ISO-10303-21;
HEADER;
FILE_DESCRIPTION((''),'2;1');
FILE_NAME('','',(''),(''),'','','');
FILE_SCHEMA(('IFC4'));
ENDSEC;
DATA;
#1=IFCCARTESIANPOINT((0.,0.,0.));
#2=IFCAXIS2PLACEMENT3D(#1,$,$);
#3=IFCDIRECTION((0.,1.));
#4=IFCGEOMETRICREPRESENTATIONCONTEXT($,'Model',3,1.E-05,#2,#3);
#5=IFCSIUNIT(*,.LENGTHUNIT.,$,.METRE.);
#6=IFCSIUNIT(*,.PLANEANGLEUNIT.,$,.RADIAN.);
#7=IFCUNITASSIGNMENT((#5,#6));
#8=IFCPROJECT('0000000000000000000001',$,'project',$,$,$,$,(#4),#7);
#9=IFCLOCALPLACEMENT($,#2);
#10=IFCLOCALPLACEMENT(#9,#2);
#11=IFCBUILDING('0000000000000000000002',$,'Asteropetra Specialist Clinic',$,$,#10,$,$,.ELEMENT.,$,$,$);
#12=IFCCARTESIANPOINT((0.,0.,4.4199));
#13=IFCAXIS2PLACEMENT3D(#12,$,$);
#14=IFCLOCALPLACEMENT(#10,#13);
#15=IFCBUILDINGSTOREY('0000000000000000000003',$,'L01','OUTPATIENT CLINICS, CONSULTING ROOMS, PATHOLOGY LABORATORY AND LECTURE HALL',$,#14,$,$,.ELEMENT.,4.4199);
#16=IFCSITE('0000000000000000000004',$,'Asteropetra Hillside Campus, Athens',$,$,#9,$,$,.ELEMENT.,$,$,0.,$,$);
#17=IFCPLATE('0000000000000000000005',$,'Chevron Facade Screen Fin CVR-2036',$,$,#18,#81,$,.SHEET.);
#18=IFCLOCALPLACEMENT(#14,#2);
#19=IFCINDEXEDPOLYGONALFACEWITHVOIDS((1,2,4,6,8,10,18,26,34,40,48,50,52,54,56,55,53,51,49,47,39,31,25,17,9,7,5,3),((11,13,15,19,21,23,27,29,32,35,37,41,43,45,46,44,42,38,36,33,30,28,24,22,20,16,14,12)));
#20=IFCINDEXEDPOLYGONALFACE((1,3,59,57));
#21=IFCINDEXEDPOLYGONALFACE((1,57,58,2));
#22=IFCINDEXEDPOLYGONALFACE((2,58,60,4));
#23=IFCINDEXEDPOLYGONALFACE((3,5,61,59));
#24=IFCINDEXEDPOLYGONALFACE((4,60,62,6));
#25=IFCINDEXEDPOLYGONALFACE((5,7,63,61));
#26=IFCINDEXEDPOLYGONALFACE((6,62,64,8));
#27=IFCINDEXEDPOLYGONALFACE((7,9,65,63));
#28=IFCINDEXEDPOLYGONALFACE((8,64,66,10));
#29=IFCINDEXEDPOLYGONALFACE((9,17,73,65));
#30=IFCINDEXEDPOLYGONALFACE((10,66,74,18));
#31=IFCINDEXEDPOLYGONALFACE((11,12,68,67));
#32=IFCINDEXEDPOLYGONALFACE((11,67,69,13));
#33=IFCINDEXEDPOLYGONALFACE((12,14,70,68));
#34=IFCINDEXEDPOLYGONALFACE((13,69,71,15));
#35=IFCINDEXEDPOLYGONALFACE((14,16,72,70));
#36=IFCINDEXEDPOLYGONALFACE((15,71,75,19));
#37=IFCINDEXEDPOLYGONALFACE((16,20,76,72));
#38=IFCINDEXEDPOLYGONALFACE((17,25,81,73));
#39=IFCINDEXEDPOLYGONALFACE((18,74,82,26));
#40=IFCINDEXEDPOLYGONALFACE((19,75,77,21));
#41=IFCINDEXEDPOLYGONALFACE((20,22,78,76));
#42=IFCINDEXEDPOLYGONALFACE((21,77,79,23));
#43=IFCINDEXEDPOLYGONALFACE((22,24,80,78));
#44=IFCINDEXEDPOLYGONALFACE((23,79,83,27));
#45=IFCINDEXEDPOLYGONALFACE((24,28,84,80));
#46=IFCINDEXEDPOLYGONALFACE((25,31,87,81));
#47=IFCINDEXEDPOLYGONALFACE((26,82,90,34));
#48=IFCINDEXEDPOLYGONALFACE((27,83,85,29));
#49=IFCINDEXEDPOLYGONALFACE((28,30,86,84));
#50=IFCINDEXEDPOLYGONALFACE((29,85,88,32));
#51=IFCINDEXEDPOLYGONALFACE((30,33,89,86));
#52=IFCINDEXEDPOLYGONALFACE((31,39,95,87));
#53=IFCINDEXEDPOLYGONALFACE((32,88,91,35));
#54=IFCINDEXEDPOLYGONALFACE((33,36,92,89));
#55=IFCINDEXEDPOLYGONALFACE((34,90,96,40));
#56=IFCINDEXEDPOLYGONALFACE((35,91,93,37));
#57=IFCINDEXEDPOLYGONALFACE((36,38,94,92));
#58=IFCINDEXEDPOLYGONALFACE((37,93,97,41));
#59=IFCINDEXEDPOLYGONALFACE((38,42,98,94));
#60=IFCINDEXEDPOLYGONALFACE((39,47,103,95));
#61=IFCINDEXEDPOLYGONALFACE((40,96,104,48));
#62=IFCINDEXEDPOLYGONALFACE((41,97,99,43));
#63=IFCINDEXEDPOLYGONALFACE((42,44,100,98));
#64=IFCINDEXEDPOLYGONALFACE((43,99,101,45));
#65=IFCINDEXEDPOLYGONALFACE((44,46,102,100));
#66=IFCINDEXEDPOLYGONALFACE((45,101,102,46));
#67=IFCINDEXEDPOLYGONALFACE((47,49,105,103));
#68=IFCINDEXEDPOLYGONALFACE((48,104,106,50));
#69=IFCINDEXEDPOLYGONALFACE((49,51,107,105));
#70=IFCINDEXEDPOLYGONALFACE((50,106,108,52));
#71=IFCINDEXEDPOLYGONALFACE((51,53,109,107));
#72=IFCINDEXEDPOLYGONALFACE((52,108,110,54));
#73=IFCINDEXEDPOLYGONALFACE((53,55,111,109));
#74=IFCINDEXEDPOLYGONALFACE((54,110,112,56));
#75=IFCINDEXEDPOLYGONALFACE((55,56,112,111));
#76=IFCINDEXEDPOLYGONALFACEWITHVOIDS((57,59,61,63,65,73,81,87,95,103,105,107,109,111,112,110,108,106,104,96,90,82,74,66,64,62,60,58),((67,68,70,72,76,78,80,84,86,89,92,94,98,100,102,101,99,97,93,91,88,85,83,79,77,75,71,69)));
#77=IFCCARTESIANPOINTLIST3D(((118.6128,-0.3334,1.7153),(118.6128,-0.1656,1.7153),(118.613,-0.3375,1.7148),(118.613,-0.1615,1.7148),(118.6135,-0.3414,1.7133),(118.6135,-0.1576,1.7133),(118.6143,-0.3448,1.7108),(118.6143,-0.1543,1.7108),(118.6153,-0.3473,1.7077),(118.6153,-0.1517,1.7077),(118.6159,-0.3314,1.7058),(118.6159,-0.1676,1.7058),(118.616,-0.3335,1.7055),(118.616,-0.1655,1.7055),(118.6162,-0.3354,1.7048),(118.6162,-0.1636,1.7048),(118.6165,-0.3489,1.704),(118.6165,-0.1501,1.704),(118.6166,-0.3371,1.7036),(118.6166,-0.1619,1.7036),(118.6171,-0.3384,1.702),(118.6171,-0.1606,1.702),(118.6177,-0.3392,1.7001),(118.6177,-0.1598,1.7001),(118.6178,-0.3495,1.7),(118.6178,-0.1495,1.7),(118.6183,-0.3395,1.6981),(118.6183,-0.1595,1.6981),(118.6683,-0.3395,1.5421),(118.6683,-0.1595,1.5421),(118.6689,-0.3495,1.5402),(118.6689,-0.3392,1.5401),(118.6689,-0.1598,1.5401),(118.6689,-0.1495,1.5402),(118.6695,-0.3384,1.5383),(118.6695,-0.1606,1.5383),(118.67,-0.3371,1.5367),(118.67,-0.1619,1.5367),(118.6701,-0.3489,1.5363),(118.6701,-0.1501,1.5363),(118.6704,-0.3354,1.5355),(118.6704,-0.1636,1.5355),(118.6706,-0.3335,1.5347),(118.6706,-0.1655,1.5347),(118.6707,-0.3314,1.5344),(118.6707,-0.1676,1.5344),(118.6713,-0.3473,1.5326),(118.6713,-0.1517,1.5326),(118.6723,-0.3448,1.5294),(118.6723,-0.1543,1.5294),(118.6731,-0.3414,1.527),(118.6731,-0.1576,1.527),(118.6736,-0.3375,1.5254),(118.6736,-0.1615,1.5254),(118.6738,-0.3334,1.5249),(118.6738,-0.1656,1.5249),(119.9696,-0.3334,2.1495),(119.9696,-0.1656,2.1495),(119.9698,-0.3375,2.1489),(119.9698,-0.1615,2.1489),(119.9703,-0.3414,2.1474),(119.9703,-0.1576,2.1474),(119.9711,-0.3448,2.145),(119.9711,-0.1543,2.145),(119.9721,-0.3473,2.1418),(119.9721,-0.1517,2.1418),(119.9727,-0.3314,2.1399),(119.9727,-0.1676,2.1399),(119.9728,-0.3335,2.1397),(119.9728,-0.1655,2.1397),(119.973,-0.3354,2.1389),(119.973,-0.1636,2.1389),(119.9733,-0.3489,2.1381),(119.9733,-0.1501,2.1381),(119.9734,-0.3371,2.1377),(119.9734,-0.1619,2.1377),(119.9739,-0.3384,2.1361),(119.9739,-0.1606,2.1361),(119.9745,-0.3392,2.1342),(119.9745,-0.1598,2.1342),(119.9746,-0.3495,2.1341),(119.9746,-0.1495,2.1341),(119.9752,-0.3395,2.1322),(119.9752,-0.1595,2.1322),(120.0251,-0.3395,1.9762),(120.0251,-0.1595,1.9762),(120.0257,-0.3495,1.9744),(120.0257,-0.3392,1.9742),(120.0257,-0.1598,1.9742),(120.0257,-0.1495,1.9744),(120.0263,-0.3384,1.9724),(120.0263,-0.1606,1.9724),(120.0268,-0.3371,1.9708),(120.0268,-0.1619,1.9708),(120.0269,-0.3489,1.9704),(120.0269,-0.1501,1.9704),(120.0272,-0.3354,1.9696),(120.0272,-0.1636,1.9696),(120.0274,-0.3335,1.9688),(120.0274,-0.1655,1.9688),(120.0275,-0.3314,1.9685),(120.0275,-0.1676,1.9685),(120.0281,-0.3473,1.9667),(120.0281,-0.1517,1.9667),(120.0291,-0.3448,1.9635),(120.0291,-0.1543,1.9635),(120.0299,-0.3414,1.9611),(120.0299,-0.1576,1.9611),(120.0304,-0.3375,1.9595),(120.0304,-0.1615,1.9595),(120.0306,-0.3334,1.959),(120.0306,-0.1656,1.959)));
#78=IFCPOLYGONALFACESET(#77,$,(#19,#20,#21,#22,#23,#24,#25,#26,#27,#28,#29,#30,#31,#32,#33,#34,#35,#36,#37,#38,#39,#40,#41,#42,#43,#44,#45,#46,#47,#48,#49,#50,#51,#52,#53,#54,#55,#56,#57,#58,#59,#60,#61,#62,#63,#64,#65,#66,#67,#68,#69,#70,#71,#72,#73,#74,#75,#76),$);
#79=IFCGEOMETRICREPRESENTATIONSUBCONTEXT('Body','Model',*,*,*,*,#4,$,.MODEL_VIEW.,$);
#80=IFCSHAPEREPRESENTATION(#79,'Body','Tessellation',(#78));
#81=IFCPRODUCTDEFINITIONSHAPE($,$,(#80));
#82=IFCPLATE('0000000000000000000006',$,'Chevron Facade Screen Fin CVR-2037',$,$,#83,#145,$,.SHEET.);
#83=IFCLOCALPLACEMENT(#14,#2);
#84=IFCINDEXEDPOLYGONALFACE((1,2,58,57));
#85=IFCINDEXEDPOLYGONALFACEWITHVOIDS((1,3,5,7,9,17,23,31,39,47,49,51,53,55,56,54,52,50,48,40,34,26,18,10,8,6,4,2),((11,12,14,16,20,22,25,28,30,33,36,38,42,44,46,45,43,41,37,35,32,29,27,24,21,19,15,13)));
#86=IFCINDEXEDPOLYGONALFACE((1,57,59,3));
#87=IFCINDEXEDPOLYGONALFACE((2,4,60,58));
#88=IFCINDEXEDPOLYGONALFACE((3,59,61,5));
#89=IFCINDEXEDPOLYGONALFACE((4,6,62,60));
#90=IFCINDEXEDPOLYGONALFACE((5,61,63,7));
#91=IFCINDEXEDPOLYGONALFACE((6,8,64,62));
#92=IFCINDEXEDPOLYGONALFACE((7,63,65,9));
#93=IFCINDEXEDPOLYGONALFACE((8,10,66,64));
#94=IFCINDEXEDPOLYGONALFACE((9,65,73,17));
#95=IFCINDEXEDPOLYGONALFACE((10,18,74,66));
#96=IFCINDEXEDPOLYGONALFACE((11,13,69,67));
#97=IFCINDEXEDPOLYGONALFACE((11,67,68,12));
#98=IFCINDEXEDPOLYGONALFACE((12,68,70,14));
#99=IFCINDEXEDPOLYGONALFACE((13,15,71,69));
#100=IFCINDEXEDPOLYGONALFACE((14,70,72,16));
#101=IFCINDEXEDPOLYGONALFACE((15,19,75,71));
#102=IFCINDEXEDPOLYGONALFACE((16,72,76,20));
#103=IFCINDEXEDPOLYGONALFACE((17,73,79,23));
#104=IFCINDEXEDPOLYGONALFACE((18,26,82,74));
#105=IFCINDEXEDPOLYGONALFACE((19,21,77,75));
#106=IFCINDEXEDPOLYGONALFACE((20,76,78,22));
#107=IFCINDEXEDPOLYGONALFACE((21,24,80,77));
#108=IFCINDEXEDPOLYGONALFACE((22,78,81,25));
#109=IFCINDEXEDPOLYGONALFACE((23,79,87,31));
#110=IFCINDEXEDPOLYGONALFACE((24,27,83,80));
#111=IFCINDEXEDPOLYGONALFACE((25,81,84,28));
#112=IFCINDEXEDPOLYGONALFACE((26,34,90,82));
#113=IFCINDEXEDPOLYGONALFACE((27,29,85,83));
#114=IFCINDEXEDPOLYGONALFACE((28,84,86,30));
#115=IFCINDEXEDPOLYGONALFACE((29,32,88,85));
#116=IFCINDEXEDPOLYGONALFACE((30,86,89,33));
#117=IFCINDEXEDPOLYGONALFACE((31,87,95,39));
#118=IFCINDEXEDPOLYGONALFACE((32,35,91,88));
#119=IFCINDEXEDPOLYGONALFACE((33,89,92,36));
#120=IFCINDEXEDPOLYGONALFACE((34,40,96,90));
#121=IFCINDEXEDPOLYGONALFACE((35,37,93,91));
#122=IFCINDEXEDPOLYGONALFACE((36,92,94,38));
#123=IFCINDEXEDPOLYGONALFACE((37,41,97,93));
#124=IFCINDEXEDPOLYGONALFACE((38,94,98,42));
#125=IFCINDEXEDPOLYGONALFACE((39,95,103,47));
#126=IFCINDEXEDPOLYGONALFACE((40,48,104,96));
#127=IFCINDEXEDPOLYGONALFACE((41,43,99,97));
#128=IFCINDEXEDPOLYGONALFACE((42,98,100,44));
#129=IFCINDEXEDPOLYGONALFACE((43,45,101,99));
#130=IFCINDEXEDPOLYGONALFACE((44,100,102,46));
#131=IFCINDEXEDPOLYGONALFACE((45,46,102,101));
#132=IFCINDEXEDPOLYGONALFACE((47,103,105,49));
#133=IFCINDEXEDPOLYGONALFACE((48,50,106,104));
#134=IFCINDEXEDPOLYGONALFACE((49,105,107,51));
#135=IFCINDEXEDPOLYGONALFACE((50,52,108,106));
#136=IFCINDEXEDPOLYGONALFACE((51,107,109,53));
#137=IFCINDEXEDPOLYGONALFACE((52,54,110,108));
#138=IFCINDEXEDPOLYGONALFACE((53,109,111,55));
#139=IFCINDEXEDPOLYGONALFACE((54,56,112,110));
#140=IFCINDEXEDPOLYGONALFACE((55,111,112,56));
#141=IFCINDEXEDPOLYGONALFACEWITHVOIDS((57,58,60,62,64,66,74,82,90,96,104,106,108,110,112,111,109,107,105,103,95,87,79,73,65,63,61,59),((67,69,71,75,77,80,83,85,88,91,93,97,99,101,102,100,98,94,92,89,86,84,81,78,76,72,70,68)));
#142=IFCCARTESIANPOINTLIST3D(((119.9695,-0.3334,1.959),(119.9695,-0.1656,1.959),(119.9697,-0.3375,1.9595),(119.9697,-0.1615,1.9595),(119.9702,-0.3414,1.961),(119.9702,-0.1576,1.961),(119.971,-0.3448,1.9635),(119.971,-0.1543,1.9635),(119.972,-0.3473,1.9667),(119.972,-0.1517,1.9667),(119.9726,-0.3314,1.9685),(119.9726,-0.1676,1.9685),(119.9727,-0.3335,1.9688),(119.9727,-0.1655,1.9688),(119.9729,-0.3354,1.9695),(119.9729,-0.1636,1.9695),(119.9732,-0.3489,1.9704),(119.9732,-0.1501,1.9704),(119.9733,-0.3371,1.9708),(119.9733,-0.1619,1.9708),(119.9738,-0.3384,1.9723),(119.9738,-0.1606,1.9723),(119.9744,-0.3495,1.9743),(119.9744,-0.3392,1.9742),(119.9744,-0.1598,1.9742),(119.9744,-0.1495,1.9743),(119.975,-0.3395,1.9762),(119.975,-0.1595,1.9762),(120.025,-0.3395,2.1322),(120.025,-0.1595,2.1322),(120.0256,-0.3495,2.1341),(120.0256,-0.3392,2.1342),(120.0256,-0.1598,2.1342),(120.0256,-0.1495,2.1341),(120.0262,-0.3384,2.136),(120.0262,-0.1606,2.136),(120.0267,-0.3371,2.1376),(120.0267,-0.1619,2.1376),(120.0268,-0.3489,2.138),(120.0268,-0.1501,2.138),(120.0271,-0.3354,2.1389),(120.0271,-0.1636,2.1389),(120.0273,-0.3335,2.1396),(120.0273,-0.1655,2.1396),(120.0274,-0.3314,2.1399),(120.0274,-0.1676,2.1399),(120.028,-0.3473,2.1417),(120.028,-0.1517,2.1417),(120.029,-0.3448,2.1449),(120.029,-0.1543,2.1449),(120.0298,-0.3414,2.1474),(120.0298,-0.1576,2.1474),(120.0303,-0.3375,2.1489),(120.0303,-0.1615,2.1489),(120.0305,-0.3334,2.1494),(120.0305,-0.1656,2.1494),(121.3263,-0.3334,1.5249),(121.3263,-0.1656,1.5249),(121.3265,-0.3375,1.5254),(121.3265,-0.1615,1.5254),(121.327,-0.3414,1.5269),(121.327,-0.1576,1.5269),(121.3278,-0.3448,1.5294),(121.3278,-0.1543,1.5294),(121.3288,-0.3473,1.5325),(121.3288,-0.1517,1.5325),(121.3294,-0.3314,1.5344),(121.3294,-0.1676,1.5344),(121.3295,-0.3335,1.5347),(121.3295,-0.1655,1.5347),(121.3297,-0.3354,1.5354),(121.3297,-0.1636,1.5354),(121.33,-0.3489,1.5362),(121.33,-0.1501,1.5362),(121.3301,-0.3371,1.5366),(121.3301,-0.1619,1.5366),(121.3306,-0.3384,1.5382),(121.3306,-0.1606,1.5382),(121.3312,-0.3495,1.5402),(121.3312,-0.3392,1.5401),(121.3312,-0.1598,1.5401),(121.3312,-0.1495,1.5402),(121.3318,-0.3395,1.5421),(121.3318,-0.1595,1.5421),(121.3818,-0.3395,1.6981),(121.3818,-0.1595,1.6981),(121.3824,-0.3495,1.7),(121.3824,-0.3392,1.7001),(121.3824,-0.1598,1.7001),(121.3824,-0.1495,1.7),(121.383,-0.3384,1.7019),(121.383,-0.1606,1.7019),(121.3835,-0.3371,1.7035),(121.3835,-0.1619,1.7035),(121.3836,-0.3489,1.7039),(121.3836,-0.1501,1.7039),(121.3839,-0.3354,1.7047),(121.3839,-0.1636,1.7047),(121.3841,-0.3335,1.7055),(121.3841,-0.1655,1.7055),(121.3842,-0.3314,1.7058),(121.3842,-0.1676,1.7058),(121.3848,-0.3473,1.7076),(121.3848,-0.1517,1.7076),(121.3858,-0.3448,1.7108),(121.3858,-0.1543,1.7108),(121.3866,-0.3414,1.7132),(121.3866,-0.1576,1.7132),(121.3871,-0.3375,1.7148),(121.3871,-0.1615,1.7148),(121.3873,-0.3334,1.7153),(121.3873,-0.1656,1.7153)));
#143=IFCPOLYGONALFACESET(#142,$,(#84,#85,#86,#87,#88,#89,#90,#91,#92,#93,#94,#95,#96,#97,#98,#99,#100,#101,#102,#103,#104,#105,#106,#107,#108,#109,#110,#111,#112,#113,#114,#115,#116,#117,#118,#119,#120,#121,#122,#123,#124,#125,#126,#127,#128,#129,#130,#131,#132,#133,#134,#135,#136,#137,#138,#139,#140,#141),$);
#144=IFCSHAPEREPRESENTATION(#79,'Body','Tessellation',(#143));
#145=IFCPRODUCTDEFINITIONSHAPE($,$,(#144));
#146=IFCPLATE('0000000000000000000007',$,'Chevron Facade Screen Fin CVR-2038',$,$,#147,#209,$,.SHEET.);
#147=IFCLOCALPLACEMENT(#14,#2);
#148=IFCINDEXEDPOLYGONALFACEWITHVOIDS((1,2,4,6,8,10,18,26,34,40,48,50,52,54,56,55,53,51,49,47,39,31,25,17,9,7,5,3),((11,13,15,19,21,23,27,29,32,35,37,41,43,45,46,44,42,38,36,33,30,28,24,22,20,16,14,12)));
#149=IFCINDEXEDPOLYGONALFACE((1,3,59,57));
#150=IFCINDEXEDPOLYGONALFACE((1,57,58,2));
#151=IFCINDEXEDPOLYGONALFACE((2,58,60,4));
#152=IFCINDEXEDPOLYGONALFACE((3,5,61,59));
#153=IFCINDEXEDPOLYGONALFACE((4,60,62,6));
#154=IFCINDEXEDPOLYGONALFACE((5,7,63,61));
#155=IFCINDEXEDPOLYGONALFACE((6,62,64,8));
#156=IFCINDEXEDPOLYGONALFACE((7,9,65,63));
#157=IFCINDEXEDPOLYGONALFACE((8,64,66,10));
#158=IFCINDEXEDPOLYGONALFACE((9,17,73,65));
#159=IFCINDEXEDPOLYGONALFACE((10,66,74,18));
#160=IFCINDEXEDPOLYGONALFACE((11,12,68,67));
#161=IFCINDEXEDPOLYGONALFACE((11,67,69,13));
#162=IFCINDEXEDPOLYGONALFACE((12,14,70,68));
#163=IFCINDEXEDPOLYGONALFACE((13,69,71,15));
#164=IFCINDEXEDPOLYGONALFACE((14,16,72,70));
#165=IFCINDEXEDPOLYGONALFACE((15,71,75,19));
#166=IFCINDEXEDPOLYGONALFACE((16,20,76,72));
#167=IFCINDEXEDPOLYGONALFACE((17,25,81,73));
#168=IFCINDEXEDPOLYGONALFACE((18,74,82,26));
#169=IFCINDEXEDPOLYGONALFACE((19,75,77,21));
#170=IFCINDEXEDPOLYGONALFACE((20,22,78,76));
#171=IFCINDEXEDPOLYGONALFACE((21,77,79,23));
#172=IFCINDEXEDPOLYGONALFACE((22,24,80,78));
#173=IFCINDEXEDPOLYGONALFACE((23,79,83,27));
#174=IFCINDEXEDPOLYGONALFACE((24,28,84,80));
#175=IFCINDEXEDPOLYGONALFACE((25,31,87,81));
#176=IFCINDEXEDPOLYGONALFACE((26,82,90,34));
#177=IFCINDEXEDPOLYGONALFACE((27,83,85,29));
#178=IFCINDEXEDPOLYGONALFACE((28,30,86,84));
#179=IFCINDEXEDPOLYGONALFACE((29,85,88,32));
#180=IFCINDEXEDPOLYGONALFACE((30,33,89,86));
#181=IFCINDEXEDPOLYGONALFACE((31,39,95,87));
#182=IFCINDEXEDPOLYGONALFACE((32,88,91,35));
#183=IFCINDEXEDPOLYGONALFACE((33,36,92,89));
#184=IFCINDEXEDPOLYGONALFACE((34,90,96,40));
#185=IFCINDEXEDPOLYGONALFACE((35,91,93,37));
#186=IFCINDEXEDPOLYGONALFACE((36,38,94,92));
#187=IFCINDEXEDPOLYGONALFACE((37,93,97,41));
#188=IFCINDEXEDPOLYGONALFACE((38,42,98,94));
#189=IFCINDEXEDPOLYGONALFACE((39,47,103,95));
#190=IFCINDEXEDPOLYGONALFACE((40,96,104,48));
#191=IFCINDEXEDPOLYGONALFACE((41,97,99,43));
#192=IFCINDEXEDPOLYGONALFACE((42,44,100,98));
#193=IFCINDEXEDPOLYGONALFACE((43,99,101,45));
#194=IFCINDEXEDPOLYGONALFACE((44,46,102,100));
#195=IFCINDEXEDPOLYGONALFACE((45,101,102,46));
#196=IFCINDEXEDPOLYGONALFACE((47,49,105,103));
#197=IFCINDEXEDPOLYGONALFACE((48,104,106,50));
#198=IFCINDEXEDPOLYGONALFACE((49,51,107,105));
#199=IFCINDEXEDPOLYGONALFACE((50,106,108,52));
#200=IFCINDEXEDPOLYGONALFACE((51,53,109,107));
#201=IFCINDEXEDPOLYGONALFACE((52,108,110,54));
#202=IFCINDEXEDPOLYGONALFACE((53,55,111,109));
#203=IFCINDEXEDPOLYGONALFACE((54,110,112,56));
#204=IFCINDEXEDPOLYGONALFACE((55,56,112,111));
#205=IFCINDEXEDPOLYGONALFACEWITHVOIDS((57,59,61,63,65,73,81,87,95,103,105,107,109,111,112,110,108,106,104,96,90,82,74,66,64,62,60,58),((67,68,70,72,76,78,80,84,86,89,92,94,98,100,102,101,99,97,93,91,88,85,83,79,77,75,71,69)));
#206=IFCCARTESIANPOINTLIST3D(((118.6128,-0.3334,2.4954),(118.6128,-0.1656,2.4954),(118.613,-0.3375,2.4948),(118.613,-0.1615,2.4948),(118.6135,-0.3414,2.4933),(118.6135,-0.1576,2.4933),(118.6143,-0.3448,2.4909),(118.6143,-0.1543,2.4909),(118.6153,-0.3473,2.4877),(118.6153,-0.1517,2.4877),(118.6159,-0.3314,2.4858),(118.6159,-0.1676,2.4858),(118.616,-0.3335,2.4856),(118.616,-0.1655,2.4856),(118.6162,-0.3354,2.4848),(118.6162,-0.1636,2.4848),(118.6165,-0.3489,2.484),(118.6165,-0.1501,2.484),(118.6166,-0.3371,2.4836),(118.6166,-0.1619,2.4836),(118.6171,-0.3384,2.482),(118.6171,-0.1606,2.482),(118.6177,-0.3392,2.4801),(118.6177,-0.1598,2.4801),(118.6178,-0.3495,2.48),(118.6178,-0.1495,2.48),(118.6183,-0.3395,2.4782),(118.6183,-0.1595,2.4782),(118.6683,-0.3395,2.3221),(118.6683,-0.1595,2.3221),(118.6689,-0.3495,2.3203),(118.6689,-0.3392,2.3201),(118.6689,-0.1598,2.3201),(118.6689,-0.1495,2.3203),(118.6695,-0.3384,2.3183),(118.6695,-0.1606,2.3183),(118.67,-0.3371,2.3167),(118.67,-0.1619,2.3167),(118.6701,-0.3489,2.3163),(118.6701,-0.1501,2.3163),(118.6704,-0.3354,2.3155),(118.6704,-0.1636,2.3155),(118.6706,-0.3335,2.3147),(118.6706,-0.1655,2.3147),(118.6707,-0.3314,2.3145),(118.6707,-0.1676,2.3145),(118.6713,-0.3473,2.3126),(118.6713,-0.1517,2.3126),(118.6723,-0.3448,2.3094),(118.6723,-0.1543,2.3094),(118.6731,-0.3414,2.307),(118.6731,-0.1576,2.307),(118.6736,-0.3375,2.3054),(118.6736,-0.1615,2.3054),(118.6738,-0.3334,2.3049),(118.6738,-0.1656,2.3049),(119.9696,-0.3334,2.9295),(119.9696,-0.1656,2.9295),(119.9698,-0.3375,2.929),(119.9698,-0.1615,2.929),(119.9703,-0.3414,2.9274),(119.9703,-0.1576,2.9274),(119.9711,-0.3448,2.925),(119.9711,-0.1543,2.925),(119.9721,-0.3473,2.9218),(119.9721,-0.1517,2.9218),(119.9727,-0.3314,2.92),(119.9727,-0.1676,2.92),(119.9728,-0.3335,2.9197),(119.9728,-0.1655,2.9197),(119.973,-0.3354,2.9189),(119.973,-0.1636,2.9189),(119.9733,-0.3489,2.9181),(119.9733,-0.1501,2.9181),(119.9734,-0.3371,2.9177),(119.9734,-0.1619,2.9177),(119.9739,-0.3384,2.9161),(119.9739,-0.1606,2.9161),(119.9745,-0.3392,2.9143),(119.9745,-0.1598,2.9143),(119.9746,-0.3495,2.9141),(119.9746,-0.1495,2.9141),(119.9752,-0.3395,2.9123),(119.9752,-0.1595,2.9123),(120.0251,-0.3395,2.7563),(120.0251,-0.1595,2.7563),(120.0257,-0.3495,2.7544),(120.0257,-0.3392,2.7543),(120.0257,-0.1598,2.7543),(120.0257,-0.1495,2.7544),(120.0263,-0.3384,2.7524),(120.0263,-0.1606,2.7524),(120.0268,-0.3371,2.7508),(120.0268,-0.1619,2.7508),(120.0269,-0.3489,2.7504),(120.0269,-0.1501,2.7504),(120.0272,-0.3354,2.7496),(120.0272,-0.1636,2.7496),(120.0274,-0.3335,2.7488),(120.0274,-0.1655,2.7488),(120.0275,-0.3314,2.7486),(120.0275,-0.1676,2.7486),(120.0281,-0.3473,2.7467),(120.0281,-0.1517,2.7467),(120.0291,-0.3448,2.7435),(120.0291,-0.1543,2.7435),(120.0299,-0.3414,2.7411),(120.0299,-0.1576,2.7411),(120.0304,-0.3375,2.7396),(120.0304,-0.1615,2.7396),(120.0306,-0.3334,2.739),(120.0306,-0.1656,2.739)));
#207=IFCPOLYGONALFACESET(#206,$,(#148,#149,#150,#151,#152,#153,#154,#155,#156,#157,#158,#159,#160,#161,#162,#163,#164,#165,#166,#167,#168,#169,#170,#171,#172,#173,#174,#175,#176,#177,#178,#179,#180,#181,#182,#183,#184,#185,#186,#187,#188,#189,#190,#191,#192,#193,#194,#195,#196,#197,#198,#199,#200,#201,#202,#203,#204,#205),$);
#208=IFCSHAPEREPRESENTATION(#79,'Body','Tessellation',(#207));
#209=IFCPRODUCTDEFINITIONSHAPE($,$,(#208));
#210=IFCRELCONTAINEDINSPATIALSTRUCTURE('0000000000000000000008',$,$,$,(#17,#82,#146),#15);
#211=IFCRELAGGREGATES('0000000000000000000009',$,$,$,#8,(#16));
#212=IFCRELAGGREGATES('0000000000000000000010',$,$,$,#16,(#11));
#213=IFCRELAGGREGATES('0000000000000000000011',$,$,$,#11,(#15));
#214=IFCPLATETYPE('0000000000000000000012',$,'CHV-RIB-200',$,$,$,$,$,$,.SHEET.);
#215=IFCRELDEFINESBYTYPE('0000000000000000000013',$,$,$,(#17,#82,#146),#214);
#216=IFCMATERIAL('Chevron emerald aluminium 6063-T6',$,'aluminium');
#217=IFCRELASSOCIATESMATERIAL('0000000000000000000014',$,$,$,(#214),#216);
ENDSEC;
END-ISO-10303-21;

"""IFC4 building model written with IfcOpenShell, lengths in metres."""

from ifc_helpers import new_model, si_unit, direction, frame, origin, origin_2d, place, context, subcontext, project, spatial, hollow_rectangle, extrude, material, material_profile, profile_set, type_object, element, save


model = new_model("IFC4")

# Units and contexts
model_context = context("Model", 3, precision=1e-05, world=origin(), true_north=direction((0.0, 1.0)))
body_context = subcontext(model_context, "Body", "Model", "MODEL_VIEW")
ifc_project = project(units=[si_unit("LENGTHUNIT", "METRE"), si_unit("PLANEANGLEUNIT", "RADIAN")], contexts=[model_context])

# Site, building, storey
site_placement = place(None, origin())
site = spatial("IfcSite", under=ifc_project, at=site_placement, Name="Asteropetra Hillside Campus, Athens", CompositionType="ELEMENT", RefElevation=0.0)
building_placement = place(site_placement, origin())
building = spatial("IfcBuilding", under=site, at=building_placement, Name="Asteropetra Specialist Clinic", CompositionType="ELEMENT")
storey_placement = place(building_placement, frame((0.0, 0.0, 4.4199)))
storey = spatial("IfcBuildingStorey", under=building, at=storey_placement, Name="L01", Description="OUTPATIENT CLINICS, CONSULTING ROOMS, PATHOLOGY LABORATORY AND LECTURE HALL", CompositionType="ELEMENT", Elevation=4.4199)

# Plates
ifc_material_1 = material(Name="Chevron emerald aluminium 6063-T6", Category="aluminium")
ifc_material_profile = material_profile(ifc_material_1, hollow_rectangle(XDim=0.2, YDim=0.2, WallThickness=0.01, InnerFilletRadius=0.0081, OuterFilletRadius=0.0161, at=origin_2d()), Name="SHS 200x200x10.0")
ifc_profile_set = profile_set([ifc_material_profile], Name="Chevron emerald aluminium 6063-T6")
plate_type = type_object("IfcPlateType", Name="CHV-RIB-200", PredefinedType="SHEET", material=ifc_profile_set)
for number, where, z_axis, x_axis, name in (
    (1, (118.6433, -0.2495, 1.6201), (0.952436, 0.0, 0.304738), (0.0, 1.0, 0.0), "Chevron Facade Screen Fin CVR-2036"),
    (2, (120.0, -0.2495, 2.0542), (0.952436, 0.0, -0.304738), (0.0, 1.0, 0.0), "Chevron Facade Screen Fin CVR-2037"),
    (3, (118.6433, -0.2495, 2.4001), (0.952436, 0.0, 0.304738), (0.0, 1.0, 0.0), "Chevron Facade Screen Fin CVR-2038"),
):
    element("IfcPlate", number, at=place(storey_placement, frame(where, z_axis=z_axis, x_axis=x_axis)), inside=storey, type_object=plate_type, Name=name, PredefinedType="SHEET", context=body_context, shape_type="SweptSolid", body=[
        extrude(hollow_rectangle(XDim=0.2, YDim=0.2, WallThickness=0.01, InnerFilletRadius=0.0081, OuterFilletRadius=0.0161, at=origin_2d()), origin(), (0.0, 0.0, 1.0), 1.4246),
    ])

save(model, "model.ifc")
